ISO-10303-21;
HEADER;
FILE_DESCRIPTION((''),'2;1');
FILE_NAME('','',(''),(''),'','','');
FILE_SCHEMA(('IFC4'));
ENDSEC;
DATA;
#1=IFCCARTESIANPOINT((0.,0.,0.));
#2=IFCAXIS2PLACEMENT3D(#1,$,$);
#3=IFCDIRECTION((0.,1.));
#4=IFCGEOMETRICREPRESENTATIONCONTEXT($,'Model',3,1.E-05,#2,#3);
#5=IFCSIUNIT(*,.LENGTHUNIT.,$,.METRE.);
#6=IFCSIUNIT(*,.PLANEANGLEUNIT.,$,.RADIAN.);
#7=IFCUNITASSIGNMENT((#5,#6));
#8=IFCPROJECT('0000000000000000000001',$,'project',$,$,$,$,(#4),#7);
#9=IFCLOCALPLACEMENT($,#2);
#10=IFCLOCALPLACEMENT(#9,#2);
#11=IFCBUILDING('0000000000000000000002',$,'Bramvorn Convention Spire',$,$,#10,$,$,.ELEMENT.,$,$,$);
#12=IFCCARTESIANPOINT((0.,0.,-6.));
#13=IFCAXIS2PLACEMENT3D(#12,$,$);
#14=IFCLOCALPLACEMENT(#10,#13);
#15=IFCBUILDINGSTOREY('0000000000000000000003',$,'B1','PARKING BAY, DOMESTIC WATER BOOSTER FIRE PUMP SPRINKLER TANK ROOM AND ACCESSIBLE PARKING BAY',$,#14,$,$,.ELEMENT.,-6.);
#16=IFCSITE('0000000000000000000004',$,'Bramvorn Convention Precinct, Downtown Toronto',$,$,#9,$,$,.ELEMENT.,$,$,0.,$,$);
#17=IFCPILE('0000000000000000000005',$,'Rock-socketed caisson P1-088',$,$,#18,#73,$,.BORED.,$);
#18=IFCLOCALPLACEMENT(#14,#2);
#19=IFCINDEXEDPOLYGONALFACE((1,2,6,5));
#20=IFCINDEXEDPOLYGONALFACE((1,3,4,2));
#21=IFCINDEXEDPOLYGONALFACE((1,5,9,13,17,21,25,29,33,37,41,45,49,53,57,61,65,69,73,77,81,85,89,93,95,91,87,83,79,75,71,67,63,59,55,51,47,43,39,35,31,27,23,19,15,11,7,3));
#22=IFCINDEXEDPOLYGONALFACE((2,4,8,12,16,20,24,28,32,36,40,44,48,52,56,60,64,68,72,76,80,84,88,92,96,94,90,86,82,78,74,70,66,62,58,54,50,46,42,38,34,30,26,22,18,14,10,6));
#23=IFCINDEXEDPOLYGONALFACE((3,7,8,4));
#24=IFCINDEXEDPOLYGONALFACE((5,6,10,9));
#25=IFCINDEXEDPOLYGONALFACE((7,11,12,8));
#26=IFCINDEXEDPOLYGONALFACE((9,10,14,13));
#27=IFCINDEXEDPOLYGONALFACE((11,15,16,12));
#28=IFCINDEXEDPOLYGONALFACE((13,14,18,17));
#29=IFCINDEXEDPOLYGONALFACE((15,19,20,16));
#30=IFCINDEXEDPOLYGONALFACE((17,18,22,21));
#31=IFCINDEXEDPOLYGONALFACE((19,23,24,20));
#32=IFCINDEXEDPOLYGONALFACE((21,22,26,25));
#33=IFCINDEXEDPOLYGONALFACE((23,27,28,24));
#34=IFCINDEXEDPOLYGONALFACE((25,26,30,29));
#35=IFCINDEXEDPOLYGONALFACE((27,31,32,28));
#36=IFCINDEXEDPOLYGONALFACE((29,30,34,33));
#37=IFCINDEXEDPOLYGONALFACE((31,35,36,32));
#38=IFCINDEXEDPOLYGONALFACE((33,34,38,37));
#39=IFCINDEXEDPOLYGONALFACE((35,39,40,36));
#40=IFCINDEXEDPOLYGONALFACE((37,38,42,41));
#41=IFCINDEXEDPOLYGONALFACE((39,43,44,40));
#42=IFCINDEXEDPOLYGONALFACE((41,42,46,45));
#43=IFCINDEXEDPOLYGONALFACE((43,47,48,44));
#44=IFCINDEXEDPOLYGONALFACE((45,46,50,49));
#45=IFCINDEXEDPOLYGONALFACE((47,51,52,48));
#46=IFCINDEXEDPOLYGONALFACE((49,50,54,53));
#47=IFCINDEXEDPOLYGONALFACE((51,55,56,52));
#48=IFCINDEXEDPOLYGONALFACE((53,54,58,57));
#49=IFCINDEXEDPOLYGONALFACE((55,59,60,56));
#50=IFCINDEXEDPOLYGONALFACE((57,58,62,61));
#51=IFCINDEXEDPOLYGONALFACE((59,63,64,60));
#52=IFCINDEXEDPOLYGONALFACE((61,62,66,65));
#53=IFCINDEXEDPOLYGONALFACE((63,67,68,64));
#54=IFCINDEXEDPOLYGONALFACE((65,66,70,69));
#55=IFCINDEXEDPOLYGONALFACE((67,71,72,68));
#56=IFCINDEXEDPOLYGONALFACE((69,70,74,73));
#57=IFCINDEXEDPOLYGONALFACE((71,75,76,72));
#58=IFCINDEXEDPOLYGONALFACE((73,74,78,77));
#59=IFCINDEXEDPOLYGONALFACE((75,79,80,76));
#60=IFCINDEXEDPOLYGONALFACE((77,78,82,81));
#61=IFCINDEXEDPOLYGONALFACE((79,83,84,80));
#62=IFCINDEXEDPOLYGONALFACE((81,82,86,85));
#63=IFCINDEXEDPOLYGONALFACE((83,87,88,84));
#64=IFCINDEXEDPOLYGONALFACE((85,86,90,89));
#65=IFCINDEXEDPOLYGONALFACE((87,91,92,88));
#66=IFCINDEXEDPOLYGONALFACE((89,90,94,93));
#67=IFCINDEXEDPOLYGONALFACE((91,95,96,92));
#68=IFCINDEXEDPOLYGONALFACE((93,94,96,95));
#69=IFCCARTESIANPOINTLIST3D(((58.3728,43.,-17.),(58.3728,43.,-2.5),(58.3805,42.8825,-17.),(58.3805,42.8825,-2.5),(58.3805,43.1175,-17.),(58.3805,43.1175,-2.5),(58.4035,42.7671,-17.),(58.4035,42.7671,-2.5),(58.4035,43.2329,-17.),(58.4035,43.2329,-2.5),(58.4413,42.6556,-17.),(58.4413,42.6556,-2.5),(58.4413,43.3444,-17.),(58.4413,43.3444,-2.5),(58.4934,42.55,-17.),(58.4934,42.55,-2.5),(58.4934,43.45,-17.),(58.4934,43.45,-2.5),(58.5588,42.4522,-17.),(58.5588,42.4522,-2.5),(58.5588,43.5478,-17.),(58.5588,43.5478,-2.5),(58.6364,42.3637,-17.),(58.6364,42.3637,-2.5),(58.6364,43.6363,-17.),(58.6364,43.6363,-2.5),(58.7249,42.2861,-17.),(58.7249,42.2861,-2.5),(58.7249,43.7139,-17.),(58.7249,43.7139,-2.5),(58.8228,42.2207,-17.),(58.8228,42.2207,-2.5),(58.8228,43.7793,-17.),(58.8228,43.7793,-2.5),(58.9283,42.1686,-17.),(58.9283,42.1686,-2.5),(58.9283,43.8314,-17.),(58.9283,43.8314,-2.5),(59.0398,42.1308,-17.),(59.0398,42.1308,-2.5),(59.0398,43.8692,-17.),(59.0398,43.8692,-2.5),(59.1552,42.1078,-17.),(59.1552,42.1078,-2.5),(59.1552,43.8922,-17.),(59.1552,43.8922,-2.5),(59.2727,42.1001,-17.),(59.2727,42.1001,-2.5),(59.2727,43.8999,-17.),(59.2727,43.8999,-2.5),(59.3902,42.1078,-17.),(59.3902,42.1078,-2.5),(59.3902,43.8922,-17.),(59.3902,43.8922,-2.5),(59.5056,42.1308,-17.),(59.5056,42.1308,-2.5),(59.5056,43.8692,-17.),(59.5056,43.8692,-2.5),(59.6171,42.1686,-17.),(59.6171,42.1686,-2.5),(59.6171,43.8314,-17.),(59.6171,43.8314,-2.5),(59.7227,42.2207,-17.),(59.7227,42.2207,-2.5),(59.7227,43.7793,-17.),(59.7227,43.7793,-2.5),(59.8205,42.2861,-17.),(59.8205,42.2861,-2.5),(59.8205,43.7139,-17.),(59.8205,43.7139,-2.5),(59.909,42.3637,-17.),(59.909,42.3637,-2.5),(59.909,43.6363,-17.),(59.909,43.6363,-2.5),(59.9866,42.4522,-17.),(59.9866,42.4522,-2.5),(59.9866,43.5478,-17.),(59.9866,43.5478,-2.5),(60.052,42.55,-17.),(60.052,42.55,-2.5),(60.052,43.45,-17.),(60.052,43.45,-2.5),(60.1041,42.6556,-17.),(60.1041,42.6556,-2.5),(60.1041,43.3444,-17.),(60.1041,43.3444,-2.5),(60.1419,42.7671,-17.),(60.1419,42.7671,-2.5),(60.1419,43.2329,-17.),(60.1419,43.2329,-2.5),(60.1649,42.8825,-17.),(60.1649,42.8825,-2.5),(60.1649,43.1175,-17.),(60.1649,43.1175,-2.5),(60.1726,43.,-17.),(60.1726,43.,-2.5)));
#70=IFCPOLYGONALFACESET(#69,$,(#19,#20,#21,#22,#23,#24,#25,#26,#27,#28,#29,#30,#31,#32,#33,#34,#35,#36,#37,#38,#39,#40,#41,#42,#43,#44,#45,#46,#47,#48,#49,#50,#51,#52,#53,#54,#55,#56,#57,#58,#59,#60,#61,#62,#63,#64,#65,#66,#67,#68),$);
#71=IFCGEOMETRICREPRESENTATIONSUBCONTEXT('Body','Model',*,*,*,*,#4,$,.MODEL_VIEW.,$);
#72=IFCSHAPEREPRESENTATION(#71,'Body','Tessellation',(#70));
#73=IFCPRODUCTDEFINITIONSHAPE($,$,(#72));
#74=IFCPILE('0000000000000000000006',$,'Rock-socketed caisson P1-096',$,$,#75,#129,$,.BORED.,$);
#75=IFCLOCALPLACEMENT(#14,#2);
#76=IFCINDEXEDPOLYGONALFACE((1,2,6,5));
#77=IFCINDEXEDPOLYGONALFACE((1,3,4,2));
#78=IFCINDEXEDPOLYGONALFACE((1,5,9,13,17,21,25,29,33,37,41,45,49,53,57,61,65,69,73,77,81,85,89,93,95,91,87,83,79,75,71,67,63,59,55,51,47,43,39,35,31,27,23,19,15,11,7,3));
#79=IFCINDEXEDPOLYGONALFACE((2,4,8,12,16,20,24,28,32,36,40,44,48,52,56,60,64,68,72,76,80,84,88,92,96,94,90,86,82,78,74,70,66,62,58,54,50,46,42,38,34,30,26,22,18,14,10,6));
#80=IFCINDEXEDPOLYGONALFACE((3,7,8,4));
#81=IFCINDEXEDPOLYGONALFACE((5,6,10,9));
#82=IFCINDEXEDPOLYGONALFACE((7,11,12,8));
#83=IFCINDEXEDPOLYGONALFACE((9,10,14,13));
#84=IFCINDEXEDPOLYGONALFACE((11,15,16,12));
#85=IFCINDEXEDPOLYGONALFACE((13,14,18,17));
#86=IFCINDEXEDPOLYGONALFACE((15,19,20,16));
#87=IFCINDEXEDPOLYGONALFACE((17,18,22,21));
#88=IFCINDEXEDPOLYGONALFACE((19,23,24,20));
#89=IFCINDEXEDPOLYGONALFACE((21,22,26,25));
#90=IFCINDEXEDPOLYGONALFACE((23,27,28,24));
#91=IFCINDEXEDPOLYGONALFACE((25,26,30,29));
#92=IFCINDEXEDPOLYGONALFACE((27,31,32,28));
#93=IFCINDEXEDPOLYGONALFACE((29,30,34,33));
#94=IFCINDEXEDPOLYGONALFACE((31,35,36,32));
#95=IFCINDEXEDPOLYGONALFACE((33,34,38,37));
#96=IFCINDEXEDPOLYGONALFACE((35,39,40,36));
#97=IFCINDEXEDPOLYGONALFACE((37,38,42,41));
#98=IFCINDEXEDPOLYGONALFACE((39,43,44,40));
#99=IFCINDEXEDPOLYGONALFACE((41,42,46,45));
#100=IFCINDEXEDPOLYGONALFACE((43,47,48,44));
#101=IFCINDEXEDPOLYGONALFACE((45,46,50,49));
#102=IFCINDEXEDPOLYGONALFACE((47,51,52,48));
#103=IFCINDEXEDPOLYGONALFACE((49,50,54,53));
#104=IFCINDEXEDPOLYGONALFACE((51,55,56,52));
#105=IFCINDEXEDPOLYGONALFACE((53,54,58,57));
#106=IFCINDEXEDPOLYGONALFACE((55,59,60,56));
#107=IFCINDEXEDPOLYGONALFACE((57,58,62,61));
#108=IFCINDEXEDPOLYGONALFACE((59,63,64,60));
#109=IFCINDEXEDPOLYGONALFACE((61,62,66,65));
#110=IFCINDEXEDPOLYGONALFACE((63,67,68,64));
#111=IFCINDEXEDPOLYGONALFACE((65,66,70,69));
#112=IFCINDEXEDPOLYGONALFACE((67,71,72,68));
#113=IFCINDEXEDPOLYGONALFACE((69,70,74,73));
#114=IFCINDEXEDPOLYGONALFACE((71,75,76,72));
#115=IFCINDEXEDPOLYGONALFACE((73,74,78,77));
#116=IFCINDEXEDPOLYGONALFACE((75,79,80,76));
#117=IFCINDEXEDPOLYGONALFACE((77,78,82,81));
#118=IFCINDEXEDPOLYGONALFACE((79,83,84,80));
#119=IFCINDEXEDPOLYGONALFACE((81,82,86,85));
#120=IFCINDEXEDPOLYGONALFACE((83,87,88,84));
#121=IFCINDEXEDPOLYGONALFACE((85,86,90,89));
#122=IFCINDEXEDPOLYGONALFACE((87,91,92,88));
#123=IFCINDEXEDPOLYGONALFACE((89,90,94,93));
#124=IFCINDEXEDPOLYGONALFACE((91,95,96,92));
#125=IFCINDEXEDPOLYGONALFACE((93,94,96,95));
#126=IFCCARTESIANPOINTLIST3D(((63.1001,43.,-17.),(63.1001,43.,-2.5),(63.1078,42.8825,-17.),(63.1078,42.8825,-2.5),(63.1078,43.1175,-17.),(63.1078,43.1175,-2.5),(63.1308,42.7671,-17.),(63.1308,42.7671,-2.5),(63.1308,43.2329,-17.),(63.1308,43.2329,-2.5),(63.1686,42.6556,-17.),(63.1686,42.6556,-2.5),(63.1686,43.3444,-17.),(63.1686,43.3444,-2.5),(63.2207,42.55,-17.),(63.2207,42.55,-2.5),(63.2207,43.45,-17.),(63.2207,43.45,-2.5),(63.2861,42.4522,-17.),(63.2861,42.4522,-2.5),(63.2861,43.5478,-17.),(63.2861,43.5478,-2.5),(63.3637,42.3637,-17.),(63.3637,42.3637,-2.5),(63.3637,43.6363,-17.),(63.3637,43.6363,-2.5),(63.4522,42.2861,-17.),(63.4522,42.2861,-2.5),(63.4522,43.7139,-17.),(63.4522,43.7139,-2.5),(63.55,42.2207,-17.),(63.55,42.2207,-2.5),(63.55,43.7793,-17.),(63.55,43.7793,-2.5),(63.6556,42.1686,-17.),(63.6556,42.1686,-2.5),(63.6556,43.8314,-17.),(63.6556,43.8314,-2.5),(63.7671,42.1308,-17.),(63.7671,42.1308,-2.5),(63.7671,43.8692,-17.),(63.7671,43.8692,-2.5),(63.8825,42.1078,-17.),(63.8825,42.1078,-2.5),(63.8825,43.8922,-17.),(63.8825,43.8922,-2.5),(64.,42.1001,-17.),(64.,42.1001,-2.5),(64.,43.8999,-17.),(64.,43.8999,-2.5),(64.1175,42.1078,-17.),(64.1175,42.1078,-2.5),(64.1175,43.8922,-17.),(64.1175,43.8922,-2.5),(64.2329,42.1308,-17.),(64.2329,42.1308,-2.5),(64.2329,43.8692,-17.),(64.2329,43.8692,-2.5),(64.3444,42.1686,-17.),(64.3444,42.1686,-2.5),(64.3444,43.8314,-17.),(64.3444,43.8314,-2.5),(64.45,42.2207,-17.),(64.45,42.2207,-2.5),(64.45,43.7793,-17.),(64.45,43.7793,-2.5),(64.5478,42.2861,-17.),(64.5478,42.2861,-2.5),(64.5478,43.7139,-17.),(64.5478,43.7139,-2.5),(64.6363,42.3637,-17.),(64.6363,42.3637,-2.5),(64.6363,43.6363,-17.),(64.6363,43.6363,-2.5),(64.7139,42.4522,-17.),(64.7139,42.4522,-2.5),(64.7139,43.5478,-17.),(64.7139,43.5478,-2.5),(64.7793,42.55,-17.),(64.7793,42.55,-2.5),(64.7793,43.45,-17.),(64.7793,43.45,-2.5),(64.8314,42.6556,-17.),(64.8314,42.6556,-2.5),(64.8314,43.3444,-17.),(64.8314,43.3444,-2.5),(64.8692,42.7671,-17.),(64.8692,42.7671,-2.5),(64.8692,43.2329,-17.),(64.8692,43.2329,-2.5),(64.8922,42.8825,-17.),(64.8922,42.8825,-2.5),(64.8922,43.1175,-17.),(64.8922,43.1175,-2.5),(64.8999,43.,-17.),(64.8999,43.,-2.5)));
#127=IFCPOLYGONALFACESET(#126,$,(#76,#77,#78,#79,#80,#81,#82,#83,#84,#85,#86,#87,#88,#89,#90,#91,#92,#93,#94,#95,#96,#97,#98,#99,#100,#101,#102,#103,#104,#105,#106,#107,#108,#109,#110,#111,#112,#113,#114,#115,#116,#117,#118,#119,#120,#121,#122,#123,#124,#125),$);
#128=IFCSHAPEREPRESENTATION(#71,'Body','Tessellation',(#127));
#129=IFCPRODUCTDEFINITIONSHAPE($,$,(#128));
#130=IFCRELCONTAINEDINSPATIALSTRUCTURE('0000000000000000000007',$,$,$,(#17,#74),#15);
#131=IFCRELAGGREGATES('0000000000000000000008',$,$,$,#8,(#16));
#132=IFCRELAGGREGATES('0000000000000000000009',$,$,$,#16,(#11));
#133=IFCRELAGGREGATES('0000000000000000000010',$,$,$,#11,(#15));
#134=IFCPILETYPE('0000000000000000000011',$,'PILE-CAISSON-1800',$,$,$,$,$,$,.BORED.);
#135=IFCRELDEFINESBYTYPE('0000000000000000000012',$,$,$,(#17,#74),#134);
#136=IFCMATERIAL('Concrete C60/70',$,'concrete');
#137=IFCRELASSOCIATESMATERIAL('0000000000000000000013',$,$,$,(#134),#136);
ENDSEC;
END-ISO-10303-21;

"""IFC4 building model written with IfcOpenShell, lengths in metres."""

from ifc_helpers import new_model, si_unit, direction, frame, origin, origin_2d, place, context, subcontext, project, spatial, circle, extrude, material, material_profile, profile_set, type_object, element, save


model = new_model("IFC4")

# Units and contexts
model_context = context("Model", 3, precision=1e-05, world=origin(), true_north=direction((0.0, 1.0)))
body_context = subcontext(model_context, "Body", "Model", "MODEL_VIEW")
ifc_project = project(units=[si_unit("LENGTHUNIT", "METRE"), si_unit("PLANEANGLEUNIT", "RADIAN")], contexts=[model_context])

# Site, building, storey
site_placement = place(None, origin())
site = spatial("IfcSite", under=ifc_project, at=site_placement, Name="Bramvorn Convention Precinct, Downtown Toronto", CompositionType="ELEMENT", RefElevation=0.0)
building_placement = place(site_placement, origin())
building = spatial("IfcBuilding", under=site, at=building_placement, Name="Bramvorn Convention Spire", CompositionType="ELEMENT")
storey_placement = place(building_placement, frame((0.0, 0.0, -6.0)))
storey = spatial("IfcBuildingStorey", under=building, at=storey_placement, Name="B1", Description="PARKING BAY, DOMESTIC WATER BOOSTER FIRE PUMP SPRINKLER TANK ROOM AND ACCESSIBLE PARKING BAY", CompositionType="ELEMENT", Elevation=-6.0)

# Shared definitions
ifc_material_1 = material(Name="Concrete C60/70", Category="concrete")

# Piles
ifc_material_profile_1 = material_profile(ifc_material_1, circle(Radius=0.8999, at=origin_2d()))
ifc_profile_set_1 = profile_set([ifc_material_profile_1], Name="Concrete C60/70 - CAISSON1800")
pile_type_1 = type_object("IfcPileType", Name="PILE-CAISSON-1800", PredefinedType="BORED", material=ifc_profile_set_1)
for number, where, z_axis, x_axis, name in (
    (1, (59.2727, 43.0, -2.5), (0.0, 0.0, -1.0), (1.0, 0.0, 0.0), "Rock-socketed caisson P1-088"),
    (2, (64.0, 43.0, -2.5), (0.0, 0.0, -1.0), (1.0, 0.0, 0.0), "Rock-socketed caisson P1-096"),
):
    element("IfcPile", number, at=place(storey_placement, frame(where, z_axis=z_axis, x_axis=x_axis)), inside=storey, type_object=pile_type_1, Name=name, PredefinedType="BORED", context=body_context, shape_type="SweptSolid", body=[
        extrude(circle(Radius=0.8999, at=origin_2d()), origin(), (0.0, 0.0, 1.0), 14.5),
    ])

save(model, "model.ifc")
